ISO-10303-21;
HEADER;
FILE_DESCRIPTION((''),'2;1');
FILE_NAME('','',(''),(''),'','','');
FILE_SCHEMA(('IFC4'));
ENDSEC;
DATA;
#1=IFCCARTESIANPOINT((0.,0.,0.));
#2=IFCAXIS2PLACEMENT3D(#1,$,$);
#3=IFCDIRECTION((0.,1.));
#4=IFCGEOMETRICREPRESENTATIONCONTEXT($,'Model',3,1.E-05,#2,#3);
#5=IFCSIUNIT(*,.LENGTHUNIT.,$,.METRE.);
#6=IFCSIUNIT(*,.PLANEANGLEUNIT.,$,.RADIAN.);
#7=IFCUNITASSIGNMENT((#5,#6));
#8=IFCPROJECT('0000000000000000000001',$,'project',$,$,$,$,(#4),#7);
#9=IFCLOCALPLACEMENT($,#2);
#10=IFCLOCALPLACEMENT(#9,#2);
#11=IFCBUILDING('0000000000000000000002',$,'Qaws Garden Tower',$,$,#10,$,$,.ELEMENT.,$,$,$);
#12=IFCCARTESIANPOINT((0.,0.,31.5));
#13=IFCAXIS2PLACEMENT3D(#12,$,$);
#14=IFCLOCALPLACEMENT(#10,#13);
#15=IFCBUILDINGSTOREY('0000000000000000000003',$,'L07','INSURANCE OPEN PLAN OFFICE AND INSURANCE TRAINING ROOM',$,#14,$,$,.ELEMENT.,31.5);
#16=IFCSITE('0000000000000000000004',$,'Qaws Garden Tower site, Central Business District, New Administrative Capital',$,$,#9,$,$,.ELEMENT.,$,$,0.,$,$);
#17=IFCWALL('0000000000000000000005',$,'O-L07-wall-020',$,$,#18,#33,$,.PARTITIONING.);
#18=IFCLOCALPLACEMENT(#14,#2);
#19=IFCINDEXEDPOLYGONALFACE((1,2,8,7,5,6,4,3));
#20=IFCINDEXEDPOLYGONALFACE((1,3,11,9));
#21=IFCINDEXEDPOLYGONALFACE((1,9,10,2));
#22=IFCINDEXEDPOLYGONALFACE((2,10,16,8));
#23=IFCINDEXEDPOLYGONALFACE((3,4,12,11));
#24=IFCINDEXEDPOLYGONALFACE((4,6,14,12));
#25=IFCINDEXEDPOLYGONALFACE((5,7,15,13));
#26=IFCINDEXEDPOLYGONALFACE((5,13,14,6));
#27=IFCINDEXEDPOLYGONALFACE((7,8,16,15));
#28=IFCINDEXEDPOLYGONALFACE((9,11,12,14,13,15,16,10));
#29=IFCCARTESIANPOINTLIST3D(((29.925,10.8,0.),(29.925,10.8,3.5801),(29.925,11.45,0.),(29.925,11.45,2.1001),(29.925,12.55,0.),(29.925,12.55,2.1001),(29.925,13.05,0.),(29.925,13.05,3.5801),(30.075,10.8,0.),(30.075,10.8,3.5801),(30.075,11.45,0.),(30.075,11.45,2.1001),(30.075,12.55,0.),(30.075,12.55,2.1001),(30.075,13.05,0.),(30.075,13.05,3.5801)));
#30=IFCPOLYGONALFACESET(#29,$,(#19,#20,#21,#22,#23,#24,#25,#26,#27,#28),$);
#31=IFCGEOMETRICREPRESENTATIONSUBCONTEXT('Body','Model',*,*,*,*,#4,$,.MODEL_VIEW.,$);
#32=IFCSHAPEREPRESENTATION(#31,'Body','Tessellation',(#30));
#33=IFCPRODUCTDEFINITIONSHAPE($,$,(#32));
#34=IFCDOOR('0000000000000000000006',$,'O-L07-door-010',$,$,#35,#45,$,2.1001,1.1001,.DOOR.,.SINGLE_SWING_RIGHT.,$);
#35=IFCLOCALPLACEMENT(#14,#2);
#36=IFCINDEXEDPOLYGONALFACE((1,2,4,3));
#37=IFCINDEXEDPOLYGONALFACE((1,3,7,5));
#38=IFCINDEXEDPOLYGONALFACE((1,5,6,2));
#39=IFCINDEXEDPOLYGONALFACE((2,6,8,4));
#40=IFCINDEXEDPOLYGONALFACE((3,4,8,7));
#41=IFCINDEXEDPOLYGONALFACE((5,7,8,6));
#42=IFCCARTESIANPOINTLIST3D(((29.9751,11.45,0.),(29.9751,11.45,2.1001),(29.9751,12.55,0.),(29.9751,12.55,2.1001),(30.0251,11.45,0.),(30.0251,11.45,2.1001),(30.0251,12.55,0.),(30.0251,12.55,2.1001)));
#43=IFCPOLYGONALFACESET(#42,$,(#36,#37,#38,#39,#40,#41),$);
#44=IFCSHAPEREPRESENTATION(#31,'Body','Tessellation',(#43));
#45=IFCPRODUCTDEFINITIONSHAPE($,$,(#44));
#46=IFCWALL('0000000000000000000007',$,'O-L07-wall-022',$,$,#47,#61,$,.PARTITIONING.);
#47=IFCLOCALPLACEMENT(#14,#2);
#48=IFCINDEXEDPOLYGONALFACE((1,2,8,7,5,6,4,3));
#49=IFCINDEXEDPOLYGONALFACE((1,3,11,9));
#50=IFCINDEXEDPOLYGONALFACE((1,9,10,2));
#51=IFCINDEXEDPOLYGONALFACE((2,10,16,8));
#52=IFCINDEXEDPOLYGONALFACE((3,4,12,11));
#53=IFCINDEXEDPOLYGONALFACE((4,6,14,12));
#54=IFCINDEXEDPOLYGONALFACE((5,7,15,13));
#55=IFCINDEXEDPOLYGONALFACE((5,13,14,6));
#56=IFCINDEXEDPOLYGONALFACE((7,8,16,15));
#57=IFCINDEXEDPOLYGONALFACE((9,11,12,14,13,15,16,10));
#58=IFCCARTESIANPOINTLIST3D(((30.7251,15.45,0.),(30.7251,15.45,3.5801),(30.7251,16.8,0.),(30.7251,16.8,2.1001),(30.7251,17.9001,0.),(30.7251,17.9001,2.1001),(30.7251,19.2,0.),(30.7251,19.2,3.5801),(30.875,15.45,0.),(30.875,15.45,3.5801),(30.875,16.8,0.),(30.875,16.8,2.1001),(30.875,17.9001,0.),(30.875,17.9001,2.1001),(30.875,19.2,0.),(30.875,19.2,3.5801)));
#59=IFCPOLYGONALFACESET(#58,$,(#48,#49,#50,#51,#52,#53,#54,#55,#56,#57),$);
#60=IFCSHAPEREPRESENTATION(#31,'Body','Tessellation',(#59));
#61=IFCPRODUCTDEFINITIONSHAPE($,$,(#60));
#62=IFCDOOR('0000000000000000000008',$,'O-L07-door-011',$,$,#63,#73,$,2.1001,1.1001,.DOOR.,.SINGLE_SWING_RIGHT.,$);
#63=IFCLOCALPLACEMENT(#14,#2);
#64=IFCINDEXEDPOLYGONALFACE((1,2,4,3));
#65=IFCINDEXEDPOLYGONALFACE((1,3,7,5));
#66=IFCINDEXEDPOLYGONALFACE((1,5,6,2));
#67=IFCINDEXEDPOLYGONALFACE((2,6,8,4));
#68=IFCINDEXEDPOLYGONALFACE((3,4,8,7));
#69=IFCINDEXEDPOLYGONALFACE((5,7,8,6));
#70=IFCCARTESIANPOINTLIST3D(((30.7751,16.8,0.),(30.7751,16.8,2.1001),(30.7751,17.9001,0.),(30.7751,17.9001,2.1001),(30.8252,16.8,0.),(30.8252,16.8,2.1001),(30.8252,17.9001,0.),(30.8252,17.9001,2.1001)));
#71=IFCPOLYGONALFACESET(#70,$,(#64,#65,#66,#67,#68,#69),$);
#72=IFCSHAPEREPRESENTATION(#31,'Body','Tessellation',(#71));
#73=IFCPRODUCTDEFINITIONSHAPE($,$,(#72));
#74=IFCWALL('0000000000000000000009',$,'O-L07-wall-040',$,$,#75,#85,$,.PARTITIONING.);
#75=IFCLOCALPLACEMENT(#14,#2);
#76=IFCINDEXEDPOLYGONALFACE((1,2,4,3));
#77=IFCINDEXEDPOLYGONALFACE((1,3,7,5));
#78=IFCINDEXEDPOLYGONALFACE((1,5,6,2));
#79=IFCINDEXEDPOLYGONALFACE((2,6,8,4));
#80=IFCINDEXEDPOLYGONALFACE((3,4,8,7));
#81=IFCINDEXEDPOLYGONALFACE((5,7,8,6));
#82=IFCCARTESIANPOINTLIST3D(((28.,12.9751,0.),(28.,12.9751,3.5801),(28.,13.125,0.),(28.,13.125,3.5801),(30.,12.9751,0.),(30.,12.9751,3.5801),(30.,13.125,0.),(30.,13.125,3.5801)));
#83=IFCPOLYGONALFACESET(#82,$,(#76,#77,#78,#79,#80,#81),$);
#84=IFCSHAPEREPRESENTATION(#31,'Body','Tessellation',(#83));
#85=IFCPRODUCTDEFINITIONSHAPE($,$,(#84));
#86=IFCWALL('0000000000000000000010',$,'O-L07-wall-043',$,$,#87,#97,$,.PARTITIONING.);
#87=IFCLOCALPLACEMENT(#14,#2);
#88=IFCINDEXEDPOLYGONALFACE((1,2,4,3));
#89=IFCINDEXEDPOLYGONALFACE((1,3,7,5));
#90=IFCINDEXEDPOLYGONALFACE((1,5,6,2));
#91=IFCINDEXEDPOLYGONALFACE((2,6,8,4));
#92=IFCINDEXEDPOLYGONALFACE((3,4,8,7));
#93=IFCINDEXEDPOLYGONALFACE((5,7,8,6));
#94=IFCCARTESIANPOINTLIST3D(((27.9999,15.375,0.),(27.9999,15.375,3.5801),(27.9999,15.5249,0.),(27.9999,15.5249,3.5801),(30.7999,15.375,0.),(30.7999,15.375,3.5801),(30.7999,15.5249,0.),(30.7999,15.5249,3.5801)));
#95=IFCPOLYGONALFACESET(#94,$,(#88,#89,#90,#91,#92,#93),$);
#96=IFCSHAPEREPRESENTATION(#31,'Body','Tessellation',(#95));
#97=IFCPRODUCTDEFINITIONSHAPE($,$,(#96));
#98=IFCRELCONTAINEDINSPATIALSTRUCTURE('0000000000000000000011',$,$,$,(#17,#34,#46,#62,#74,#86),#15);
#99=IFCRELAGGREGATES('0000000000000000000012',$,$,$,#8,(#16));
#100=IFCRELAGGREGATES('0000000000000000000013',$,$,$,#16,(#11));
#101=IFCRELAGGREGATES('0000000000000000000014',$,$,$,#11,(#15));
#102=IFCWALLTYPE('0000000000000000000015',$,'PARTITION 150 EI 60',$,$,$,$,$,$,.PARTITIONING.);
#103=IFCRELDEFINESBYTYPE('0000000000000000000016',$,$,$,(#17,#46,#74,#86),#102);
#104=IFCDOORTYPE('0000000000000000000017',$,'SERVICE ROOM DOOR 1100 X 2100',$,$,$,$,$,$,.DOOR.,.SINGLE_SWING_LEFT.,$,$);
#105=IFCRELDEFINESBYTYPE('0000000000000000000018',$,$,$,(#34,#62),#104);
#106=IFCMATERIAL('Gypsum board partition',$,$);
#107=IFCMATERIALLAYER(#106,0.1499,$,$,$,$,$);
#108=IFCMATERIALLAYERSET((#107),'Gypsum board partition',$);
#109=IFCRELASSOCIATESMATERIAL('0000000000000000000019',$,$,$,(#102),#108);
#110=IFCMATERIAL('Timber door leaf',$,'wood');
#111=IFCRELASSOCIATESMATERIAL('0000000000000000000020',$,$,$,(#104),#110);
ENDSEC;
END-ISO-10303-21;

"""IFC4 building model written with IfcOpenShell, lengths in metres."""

from ifc_helpers import new_model, si_unit, direction, frame, frame_2d, origin, place, context, subcontext, project, spatial, rectangle, extrude, material, layer, layer_set, type_object, element, fill, save


model = new_model("IFC4")

# Units and contexts
model_context = context("Model", 3, precision=1e-05, world=origin(), true_north=direction((0.0, 1.0)))
body_context = subcontext(model_context, "Body", "Model", "MODEL_VIEW")
ifc_project = project(units=[si_unit("LENGTHUNIT", "METRE"), si_unit("PLANEANGLEUNIT", "RADIAN")], contexts=[model_context])

# Site, building, storey
site_placement = place(None, origin())
site = spatial("IfcSite", under=ifc_project, at=site_placement, Name="Qaws Garden Tower site, Central Business District, New Administrative Capital", CompositionType="ELEMENT", RefElevation=0.0)
building_placement = place(site_placement, origin())
building = spatial("IfcBuilding", under=site, at=building_placement, Name="Qaws Garden Tower", CompositionType="ELEMENT")
storey_placement = place(building_placement, frame((0.0, 0.0, 31.5)))
storey = spatial("IfcBuildingStorey", under=building, at=storey_placement, Name="L07", Description="INSURANCE OPEN PLAN OFFICE AND INSURANCE TRAINING ROOM", CompositionType="ELEMENT", Elevation=31.5)

# Walls, openings, doors
ifc_material_1 = material(Name="Gypsum board partition")
ifc_layer_1 = layer(ifc_material_1, 0.1499)
ifc_layer_set_1 = layer_set([ifc_layer_1], Name="Gypsum board partition")
wall_type_1 = type_object("IfcWallType", Name="PARTITION 150 EI 60", PredefinedType="PARTITIONING", material=ifc_layer_set_1)
wall_1_placement = place(storey_placement, frame((30.0, 10.8, 0.0), z_axis=(0.0, 0.0, 1.0), x_axis=(0.0, 1.0, 0.0)))
wall_1 = element("IfcWall", 1, at=wall_1_placement, inside=storey, type_object=wall_type_1, Name="O-L07-wall-020", PredefinedType="PARTITIONING", context=body_context, shape_type="SweptSolid", body=[
    extrude(rectangle(XDim=2.25, YDim=0.1499, at=frame_2d((1.125, 0.0))), origin(), (0.0, 0.0, 1.0), 3.5801),
])
opening_1_placement = place(wall_1_placement, frame((0.6499, 0.0, 0.0)))
opening_1 = element("IfcOpeningElement", 2, at=opening_1_placement, cuts=wall_1, PredefinedType="OPENING", context=body_context, shape_type="SweptSolid", body=[
    extrude(rectangle(XDim=1.1001, YDim=2.1001, at=frame_2d((0.55, 1.05))), frame((0.0, 0.085, 0.0), z_axis=(0.0, -1.0, 0.0), x_axis=(1.0, 0.0, 0.0)), (0.0, 0.0, 1.0), 0.1699),
])
ifc_material_2 = material(Name="Timber door leaf", Category="wood")
door_type_1 = type_object("IfcDoorType", Name="SERVICE ROOM DOOR 1100 X 2100", OperationType="SINGLE_SWING_LEFT", PredefinedType="DOOR", material=ifc_material_2)
door_1_placement = place(opening_1_placement, origin())
door_1 = element("IfcDoor", 3, at=door_1_placement, inside=storey, type_object=door_type_1, Name="O-L07-door-010", OperationType="SINGLE_SWING_RIGHT", OverallHeight=2.1001, OverallWidth=1.1001, PredefinedType="DOOR", context=body_context, shape_type="SweptSolid", body=[
    extrude(rectangle(XDim=1.1001, YDim=2.1001, at=frame_2d((0.55, 1.05))), frame((0.0, 0.0249, 0.0), z_axis=(0.0, -1.0, 0.0), x_axis=(1.0, 0.0, 0.0)), (0.0, 0.0, 1.0), 0.05),
])
fill(opening_1, door_1)
wall_2_placement = place(storey_placement, frame((30.8, 15.45, 0.0), z_axis=(0.0, 0.0, 1.0), x_axis=(0.0, 1.0, 0.0)))
wall_2 = element("IfcWall", 4, at=wall_2_placement, inside=storey, type_object=wall_type_1, Name="O-L07-wall-022", PredefinedType="PARTITIONING", context=body_context, shape_type="SweptSolid", body=[
    extrude(rectangle(XDim=3.75, YDim=0.1499, at=frame_2d((1.875, 0.0))), origin(), (0.0, 0.0, 1.0), 3.5801),
])
opening_2_placement = place(wall_2_placement, frame((1.3501, 0.0, 0.0)))
opening_2 = element("IfcOpeningElement", 5, at=opening_2_placement, cuts=wall_2, PredefinedType="OPENING", context=body_context, shape_type="SweptSolid", body=[
    extrude(rectangle(XDim=1.1001, YDim=2.1001, at=frame_2d((0.55, 1.05))), frame((0.0, 0.085, 0.0), z_axis=(0.0, -1.0, 0.0), x_axis=(1.0, 0.0, 0.0)), (0.0, 0.0, 1.0), 0.1699),
])
door_2_placement = place(opening_2_placement, origin())
door_2 = element("IfcDoor", 6, at=door_2_placement, inside=storey, type_object=door_type_1, Name="O-L07-door-011", OperationType="SINGLE_SWING_RIGHT", OverallHeight=2.1001, OverallWidth=1.1001, PredefinedType="DOOR", context=body_context, shape_type="SweptSolid", body=[
    extrude(rectangle(XDim=1.1001, YDim=2.1001, at=frame_2d((0.55, 1.05))), frame((0.0, 0.0249, 0.0), z_axis=(0.0, -1.0, 0.0), x_axis=(1.0, 0.0, 0.0)), (0.0, 0.0, 1.0), 0.05),
])
fill(opening_2, door_2)

# Walls
wall_3_placement = place(storey_placement, frame((28.0, 13.05, 0.0), z_axis=(0.0, 0.0, 1.0), x_axis=(1.0, 0.0, 0.0)))
element("IfcWall", 7, at=wall_3_placement, inside=storey, type_object=wall_type_1, Name="O-L07-wall-040", PredefinedType="PARTITIONING", context=body_context, shape_type="SweptSolid", body=[
    extrude(rectangle(XDim=2.0, YDim=0.1499, at=frame_2d((1.0, 0.0))), origin(), (0.0, 0.0, 1.0), 3.5801),
])
wall_4_placement = place(storey_placement, frame((28.0, 15.45, 0.0), z_axis=(0.0, 0.0, 1.0), x_axis=(1.0, 0.0, 0.0)))
element("IfcWall", 8, at=wall_4_placement, inside=storey, type_object=wall_type_1, Name="O-L07-wall-043", PredefinedType="PARTITIONING", context=body_context, shape_type="SweptSolid", body=[
    extrude(rectangle(XDim=2.8, YDim=0.1499, at=frame_2d((1.3999, 0.0))), origin(), (0.0, 0.0, 1.0), 3.5801),
])

save(model, "model.ifc")
